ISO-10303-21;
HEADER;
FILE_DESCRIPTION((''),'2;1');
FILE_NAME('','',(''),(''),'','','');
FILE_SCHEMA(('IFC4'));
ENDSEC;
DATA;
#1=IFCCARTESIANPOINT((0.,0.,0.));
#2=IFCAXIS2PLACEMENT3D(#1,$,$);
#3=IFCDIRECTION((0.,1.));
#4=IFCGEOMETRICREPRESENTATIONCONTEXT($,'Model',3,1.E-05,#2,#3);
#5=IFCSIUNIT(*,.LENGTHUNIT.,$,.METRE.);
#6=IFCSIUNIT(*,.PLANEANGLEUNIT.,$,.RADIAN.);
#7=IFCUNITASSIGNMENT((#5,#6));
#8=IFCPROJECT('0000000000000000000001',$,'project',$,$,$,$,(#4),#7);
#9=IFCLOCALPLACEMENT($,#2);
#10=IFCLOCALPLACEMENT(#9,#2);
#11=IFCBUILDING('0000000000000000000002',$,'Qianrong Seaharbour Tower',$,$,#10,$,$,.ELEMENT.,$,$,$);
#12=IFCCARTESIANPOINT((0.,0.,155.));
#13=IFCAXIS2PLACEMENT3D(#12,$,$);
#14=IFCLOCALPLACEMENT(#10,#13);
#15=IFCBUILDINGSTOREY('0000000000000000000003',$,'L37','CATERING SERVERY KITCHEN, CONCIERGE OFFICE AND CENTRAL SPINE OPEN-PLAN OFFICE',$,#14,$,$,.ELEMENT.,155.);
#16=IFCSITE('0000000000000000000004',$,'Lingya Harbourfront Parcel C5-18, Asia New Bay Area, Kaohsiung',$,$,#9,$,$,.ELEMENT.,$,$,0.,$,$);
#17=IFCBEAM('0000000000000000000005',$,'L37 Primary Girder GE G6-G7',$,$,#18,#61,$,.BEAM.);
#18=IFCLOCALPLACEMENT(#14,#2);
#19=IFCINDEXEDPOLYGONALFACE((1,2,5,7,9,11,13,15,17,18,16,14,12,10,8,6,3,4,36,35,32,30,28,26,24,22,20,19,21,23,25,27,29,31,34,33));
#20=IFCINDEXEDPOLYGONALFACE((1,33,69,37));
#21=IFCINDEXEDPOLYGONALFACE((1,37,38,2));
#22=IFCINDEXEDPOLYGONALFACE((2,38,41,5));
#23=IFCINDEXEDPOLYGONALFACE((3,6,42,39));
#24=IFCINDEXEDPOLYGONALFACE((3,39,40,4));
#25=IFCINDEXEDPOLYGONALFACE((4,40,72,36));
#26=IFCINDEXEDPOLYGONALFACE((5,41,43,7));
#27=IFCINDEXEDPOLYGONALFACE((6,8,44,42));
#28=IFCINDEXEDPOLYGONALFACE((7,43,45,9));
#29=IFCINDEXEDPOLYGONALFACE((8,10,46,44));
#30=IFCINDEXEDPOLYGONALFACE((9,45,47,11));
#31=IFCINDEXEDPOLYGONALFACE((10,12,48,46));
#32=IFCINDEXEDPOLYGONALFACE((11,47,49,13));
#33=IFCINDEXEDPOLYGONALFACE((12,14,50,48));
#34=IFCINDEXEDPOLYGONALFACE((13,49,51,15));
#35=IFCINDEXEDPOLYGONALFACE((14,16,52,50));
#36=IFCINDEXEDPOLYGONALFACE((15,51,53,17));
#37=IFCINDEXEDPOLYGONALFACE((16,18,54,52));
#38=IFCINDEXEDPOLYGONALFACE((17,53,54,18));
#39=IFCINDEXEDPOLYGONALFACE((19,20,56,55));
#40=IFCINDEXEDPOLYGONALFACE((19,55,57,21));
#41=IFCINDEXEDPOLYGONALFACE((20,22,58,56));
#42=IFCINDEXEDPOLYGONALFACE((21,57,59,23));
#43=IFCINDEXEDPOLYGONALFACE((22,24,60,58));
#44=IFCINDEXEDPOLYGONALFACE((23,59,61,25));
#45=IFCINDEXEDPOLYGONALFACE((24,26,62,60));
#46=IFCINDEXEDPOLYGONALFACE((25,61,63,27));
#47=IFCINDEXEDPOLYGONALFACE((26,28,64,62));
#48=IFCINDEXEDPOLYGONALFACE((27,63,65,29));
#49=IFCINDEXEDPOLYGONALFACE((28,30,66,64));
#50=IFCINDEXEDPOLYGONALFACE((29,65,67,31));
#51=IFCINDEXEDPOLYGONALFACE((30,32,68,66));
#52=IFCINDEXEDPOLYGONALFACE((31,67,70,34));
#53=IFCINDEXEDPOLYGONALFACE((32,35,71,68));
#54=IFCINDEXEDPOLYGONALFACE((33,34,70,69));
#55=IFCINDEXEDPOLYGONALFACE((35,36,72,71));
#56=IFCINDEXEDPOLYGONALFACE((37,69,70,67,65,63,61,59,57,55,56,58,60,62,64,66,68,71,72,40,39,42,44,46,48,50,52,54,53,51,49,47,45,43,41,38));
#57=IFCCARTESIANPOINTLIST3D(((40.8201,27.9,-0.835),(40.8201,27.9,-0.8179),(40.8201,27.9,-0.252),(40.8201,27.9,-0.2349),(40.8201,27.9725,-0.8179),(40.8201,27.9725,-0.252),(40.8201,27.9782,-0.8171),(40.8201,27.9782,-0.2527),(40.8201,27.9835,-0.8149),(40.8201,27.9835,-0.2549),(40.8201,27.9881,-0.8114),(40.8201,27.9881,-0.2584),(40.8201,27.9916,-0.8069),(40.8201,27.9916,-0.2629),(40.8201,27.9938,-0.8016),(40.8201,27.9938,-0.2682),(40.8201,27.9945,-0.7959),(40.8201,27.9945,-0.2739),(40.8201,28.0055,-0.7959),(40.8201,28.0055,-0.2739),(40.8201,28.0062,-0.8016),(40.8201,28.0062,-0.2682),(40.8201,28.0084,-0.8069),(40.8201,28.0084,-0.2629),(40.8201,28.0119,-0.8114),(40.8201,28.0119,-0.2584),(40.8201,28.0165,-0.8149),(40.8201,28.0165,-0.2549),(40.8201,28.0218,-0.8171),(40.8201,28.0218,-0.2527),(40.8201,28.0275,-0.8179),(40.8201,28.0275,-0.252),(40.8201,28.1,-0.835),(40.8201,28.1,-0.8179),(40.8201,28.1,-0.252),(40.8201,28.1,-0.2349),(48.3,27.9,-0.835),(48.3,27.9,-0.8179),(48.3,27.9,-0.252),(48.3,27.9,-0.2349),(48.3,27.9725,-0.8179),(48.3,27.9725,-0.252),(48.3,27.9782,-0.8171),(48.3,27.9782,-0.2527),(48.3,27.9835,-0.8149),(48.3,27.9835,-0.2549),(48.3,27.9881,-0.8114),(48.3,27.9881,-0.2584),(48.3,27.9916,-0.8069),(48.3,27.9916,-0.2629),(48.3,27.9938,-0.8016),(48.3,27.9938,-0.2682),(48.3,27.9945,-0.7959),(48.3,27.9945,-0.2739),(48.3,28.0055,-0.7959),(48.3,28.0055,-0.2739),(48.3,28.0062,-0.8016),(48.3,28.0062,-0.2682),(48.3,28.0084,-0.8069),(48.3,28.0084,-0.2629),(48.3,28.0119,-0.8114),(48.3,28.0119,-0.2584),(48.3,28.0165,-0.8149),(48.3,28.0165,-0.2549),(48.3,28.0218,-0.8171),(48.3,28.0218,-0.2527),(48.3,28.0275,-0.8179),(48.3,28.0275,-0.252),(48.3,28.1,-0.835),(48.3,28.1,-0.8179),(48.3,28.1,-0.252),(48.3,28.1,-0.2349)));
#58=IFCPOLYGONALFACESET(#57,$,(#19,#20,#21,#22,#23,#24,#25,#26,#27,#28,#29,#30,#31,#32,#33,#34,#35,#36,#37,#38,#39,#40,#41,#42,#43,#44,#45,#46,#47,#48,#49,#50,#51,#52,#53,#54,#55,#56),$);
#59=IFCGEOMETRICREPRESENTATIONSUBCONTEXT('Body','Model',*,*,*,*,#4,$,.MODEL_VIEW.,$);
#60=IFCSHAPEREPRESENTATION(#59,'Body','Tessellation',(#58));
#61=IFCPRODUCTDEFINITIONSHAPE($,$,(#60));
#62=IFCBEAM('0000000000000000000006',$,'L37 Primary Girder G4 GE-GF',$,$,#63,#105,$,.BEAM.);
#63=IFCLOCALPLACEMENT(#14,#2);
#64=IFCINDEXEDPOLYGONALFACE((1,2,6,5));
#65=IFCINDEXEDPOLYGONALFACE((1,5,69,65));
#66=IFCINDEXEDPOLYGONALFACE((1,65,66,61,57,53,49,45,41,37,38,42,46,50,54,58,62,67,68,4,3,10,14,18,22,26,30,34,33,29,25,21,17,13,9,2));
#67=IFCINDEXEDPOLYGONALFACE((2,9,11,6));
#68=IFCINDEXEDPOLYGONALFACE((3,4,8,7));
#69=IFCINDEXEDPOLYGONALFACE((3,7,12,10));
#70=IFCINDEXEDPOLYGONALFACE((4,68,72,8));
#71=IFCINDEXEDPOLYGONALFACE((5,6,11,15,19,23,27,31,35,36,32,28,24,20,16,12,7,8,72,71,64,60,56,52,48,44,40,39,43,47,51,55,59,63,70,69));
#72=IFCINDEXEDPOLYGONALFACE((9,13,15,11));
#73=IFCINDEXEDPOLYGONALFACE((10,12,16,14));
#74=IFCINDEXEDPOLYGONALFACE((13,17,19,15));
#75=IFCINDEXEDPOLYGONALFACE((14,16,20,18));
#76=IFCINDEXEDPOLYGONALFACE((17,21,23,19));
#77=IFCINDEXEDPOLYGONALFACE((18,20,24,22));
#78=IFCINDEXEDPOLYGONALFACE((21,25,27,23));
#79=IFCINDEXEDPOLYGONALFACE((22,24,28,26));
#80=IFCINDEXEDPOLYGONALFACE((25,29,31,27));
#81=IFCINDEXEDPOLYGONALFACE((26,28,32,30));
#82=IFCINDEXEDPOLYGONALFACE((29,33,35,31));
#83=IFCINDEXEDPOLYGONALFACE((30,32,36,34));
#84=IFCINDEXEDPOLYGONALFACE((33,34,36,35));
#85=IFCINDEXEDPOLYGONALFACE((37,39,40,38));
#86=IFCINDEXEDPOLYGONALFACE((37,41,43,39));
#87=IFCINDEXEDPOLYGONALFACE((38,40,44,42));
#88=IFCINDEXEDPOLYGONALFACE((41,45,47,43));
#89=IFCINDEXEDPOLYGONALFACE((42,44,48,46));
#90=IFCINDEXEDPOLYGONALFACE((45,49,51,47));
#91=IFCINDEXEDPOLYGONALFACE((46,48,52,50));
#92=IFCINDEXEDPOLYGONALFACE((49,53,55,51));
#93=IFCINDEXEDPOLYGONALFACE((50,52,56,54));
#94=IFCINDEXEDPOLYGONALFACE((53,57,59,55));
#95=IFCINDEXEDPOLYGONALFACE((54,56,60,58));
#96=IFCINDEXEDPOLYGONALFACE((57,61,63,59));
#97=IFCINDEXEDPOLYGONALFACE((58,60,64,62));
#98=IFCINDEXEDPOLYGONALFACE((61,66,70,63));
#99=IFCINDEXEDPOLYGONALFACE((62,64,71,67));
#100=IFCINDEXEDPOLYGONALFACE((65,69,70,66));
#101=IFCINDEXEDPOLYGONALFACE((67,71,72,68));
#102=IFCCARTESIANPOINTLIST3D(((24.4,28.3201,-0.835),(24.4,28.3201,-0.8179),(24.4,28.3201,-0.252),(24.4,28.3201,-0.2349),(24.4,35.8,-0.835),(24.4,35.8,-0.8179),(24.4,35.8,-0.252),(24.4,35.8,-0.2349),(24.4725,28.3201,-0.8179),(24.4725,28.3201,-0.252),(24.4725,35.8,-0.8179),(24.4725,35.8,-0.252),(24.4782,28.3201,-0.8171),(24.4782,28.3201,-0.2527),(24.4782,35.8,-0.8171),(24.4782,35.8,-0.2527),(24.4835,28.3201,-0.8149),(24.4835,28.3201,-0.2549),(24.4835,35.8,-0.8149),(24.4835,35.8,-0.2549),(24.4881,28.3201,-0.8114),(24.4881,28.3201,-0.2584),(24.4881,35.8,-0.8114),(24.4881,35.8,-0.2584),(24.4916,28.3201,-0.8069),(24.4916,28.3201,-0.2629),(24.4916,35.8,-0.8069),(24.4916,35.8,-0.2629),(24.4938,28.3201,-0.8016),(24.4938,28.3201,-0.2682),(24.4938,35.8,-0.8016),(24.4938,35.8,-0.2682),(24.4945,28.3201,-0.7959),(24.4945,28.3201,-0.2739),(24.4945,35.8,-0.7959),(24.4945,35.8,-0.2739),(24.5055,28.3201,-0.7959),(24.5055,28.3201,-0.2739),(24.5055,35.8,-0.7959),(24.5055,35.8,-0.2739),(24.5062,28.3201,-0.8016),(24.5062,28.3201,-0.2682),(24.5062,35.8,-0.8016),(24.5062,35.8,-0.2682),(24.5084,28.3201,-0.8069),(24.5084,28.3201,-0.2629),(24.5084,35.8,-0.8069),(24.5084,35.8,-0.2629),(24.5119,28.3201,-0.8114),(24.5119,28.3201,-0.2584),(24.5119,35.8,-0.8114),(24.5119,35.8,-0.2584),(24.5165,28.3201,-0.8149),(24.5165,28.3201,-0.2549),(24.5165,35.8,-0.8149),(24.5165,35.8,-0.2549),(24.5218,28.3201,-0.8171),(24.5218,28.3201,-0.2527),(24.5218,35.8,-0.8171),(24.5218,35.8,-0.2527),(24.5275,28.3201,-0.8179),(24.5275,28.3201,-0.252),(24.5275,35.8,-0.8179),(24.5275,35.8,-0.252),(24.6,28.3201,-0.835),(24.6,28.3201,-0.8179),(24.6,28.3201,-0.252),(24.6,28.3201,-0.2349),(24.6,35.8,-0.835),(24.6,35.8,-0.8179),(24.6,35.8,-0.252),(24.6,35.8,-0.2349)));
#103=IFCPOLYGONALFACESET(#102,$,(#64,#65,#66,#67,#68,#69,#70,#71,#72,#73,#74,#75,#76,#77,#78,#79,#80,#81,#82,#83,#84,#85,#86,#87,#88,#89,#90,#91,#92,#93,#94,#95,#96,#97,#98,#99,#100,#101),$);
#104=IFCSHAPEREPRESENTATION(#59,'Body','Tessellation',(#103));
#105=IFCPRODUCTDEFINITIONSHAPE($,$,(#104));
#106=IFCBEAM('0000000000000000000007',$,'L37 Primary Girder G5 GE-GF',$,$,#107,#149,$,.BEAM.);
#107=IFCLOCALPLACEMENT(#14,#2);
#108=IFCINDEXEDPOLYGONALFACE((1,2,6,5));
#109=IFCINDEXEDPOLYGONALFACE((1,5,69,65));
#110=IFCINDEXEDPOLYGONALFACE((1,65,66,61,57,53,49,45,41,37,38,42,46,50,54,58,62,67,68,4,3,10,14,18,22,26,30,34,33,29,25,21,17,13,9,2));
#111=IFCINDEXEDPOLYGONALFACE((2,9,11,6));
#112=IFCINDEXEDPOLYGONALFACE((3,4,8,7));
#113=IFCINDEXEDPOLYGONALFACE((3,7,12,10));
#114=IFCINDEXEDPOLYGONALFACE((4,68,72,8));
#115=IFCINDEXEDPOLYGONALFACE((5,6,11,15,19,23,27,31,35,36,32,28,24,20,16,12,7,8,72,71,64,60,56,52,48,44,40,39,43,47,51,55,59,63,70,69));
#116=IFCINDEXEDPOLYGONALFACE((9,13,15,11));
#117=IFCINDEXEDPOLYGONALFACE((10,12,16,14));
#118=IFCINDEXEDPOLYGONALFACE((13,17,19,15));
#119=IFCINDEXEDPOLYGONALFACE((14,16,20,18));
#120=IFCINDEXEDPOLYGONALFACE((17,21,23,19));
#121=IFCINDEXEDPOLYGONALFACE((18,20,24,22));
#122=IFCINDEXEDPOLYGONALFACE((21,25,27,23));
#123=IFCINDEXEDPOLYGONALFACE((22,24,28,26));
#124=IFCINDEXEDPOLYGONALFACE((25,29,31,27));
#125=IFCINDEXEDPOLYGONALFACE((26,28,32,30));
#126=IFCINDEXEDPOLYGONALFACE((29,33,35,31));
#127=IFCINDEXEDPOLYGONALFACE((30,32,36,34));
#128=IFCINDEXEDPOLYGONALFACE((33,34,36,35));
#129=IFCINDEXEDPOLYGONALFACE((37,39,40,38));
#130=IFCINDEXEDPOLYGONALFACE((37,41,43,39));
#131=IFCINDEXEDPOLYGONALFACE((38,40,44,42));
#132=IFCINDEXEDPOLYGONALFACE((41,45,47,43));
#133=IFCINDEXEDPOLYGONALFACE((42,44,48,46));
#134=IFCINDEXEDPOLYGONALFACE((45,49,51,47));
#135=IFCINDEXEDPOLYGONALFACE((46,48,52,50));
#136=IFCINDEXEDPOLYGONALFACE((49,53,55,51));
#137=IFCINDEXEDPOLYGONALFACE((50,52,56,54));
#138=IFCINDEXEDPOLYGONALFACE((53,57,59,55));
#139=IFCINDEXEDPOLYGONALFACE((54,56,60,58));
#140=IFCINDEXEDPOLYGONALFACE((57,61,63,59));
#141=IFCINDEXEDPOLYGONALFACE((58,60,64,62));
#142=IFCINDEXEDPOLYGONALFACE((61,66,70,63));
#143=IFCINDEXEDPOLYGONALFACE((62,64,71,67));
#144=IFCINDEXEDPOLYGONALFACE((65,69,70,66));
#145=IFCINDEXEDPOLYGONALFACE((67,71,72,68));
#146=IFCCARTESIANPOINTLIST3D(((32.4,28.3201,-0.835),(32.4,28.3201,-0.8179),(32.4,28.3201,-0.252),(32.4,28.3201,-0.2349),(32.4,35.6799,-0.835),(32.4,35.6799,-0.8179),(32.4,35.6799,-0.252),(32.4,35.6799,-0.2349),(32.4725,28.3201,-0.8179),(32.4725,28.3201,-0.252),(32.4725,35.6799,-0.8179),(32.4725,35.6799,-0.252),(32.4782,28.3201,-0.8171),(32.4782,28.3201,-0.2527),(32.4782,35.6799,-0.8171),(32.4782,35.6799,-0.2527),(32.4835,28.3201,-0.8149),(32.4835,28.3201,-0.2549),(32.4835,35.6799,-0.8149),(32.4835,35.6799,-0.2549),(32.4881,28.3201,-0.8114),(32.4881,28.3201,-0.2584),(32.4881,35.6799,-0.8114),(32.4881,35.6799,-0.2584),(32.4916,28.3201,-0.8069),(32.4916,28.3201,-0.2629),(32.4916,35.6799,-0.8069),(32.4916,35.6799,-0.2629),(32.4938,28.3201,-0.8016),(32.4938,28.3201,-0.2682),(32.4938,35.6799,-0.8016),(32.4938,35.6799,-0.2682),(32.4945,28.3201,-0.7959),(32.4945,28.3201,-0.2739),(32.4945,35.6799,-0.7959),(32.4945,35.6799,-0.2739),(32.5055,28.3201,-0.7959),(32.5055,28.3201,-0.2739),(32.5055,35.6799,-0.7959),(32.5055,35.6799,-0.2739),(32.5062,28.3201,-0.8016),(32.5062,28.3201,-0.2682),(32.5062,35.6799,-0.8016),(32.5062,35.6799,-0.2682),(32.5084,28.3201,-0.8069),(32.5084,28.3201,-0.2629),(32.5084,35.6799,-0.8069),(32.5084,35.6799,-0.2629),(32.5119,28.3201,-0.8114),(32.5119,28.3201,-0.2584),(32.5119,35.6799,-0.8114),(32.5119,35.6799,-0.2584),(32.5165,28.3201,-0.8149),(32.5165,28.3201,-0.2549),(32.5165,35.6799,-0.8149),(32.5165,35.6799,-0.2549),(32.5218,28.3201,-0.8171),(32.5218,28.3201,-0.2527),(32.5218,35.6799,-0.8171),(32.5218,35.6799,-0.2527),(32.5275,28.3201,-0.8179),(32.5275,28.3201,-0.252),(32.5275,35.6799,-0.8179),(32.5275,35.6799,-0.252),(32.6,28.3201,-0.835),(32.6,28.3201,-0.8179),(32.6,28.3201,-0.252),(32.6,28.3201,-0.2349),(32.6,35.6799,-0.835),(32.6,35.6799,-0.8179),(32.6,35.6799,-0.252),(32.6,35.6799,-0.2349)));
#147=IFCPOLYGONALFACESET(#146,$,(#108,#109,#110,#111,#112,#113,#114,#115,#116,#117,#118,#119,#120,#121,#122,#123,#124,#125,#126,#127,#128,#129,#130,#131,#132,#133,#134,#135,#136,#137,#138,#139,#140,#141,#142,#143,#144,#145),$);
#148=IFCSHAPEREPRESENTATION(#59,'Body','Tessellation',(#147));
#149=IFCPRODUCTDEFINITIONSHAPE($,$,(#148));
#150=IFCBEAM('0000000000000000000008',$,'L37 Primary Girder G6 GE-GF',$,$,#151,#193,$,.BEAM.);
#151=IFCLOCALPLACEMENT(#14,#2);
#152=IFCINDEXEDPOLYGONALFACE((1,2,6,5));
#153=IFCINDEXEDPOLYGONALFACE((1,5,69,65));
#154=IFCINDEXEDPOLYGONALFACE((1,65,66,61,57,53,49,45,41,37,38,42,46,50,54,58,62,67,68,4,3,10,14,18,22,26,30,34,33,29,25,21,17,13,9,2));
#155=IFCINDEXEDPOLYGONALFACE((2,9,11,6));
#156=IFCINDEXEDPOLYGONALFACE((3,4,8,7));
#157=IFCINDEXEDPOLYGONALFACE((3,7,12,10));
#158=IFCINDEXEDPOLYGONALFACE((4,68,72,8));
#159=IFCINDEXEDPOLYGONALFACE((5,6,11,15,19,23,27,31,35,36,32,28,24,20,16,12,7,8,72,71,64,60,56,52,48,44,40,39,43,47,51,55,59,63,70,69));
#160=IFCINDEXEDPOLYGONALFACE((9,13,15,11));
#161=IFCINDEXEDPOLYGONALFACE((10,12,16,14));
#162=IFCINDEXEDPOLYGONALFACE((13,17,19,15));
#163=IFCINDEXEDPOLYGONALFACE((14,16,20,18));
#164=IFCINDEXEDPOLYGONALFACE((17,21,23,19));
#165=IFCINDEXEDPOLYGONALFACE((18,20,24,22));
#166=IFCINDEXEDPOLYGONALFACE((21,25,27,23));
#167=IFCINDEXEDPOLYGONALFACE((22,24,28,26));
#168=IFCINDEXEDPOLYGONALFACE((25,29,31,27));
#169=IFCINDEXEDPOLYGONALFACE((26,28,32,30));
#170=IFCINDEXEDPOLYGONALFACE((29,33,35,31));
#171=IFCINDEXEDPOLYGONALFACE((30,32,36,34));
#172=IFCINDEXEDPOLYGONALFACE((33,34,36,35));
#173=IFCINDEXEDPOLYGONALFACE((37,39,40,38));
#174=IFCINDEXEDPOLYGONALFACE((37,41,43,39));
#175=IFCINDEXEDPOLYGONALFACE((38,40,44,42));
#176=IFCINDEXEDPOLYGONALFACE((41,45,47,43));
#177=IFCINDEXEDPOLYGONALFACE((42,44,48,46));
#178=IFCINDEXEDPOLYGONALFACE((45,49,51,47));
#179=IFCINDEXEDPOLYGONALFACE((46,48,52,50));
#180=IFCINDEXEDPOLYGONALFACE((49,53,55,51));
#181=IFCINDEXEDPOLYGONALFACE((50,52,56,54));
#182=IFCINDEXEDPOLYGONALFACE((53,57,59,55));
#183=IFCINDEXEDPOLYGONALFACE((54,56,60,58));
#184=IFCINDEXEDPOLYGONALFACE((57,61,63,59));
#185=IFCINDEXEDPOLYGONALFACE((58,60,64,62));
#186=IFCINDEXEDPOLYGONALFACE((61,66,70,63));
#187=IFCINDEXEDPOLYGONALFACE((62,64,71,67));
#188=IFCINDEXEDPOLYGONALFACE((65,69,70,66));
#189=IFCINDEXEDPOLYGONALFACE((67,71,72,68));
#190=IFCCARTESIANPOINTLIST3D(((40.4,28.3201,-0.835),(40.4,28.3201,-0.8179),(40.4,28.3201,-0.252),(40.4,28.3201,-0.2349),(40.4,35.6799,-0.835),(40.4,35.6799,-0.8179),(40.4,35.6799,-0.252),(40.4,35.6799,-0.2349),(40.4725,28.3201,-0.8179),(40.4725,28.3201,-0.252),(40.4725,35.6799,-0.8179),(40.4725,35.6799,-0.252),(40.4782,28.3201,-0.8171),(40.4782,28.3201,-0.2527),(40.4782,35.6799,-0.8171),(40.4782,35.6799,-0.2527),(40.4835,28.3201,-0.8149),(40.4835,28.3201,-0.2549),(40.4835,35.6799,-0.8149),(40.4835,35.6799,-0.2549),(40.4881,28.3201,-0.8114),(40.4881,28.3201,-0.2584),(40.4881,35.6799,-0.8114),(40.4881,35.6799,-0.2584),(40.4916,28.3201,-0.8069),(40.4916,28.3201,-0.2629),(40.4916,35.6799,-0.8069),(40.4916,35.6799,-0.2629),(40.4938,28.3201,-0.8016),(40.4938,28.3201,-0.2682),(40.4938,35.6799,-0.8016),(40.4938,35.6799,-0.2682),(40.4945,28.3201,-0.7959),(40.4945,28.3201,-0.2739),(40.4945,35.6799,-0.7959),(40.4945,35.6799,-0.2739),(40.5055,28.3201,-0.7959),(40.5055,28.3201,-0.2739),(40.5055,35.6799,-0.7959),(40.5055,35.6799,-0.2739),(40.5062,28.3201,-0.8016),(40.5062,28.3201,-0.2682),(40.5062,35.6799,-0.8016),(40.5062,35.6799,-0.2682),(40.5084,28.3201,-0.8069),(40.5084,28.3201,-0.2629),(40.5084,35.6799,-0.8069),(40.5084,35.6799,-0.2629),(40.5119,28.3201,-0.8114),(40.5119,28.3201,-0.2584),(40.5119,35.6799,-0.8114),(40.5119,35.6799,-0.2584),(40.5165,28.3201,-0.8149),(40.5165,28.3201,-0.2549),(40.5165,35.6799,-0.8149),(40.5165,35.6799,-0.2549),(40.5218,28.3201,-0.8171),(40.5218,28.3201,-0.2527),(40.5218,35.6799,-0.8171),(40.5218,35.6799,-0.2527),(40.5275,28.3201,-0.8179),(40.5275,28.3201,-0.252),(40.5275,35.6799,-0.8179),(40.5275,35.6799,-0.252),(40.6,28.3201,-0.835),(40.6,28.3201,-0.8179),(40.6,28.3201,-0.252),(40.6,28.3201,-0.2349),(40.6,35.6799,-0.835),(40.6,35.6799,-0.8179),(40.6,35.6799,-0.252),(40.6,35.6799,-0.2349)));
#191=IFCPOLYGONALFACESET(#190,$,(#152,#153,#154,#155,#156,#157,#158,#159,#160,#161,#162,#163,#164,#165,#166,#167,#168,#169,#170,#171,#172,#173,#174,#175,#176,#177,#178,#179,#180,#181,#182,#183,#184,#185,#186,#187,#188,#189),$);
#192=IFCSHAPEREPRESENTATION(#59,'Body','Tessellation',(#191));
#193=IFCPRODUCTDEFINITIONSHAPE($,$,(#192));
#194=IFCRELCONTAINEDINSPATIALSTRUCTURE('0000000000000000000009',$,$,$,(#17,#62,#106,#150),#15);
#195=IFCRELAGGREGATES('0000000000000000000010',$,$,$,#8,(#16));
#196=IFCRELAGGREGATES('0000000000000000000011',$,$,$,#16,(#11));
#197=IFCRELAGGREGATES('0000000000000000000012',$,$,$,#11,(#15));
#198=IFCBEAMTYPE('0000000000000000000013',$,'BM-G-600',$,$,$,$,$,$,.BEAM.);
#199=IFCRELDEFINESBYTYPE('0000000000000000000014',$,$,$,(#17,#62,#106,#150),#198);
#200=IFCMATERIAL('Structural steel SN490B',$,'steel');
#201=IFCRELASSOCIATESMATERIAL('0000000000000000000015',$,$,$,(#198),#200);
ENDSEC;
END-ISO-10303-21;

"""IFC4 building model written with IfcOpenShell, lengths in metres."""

from ifc_helpers import new_model, si_unit, direction, frame, origin, origin_2d, place, context, subcontext, project, spatial, i_section, extrude, material, material_profile, profile_set, type_object, element, save


model = new_model("IFC4")

# Units and contexts
model_context = context("Model", 3, precision=1e-05, world=origin(), true_north=direction((0.0, 1.0)))
body_context = subcontext(model_context, "Body", "Model", "MODEL_VIEW")
ifc_project = project(units=[si_unit("LENGTHUNIT", "METRE"), si_unit("PLANEANGLEUNIT", "RADIAN")], contexts=[model_context])

# Site, building, storey
site_placement = place(None, origin())
site = spatial("IfcSite", under=ifc_project, at=site_placement, Name="Lingya Harbourfront Parcel C5-18, Asia New Bay Area, Kaohsiung", CompositionType="ELEMENT", RefElevation=0.0)
building_placement = place(site_placement, origin())
building = spatial("IfcBuilding", under=site, at=building_placement, Name="Qianrong Seaharbour Tower", CompositionType="ELEMENT")
storey_placement = place(building_placement, frame((0.0, 0.0, 155.0)))
storey = spatial("IfcBuildingStorey", under=building, at=storey_placement, Name="L37", Description="CATERING SERVERY KITCHEN, CONCIERGE OFFICE AND CENTRAL SPINE OPEN-PLAN OFFICE", CompositionType="ELEMENT", Elevation=155.0)

# Shared definitions
ifc_material_1 = material(Name="Structural steel SN490B", Category="steel")

# Beams
ifc_material_profile_1 = material_profile(ifc_material_1, i_section(OverallWidth=0.2, OverallDepth=0.6001, WebThickness=0.011, FlangeThickness=0.0171, FilletRadius=0.022, at=origin_2d()), Name="H600x200x11x17")
ifc_profile_set_1 = profile_set([ifc_material_profile_1], Name="Structural steel SN490B")
beam_type_1 = type_object("IfcBeamType", Name="BM-G-600", PredefinedType="BEAM", material=ifc_profile_set_1)
for number, where, z_axis, x_axis, name in (
    (1, (40.8201, 28.0, -0.5349), (1.0, 0.0, 0.0), (0.0, 1.0, 0.0), "L37 Primary Girder GE G6-G7"),
    (2, (24.5, 28.3201, -0.5349), (0.0, 1.0, 0.0), (-1.0, 0.0, 0.0), "L37 Primary Girder G4 GE-GF"),
):
    element("IfcBeam", number, at=place(storey_placement, frame(where, z_axis=z_axis, x_axis=x_axis)), inside=storey, type_object=beam_type_1, Name=name, PredefinedType="BEAM", context=body_context, shape_type="SweptSolid", body=[
        extrude(i_section(OverallWidth=0.2, OverallDepth=0.6001, WebThickness=0.011, FlangeThickness=0.0171, FilletRadius=0.022, at=origin_2d()), origin(), (0.0, 0.0, 1.0), 7.48),
    ])
for number, where, z_axis, x_axis, name in (
    (3, (32.5, 28.3201, -0.5349), (0.0, 1.0, 0.0), (-1.0, 0.0, 0.0), "L37 Primary Girder G5 GE-GF"),
    (4, (40.5, 28.3201, -0.5349), (0.0, 1.0, 0.0), (-1.0, 0.0, 0.0), "L37 Primary Girder G6 GE-GF"),
):
    element("IfcBeam", number, at=place(storey_placement, frame(where, z_axis=z_axis, x_axis=x_axis)), inside=storey, type_object=beam_type_1, Name=name, PredefinedType="BEAM", context=body_context, shape_type="SweptSolid", body=[
        extrude(i_section(OverallWidth=0.2, OverallDepth=0.6001, WebThickness=0.011, FlangeThickness=0.0171, FilletRadius=0.022, at=origin_2d()), origin(), (0.0, 0.0, 1.0), 7.3599),
    ])

save(model, "model.ifc")
